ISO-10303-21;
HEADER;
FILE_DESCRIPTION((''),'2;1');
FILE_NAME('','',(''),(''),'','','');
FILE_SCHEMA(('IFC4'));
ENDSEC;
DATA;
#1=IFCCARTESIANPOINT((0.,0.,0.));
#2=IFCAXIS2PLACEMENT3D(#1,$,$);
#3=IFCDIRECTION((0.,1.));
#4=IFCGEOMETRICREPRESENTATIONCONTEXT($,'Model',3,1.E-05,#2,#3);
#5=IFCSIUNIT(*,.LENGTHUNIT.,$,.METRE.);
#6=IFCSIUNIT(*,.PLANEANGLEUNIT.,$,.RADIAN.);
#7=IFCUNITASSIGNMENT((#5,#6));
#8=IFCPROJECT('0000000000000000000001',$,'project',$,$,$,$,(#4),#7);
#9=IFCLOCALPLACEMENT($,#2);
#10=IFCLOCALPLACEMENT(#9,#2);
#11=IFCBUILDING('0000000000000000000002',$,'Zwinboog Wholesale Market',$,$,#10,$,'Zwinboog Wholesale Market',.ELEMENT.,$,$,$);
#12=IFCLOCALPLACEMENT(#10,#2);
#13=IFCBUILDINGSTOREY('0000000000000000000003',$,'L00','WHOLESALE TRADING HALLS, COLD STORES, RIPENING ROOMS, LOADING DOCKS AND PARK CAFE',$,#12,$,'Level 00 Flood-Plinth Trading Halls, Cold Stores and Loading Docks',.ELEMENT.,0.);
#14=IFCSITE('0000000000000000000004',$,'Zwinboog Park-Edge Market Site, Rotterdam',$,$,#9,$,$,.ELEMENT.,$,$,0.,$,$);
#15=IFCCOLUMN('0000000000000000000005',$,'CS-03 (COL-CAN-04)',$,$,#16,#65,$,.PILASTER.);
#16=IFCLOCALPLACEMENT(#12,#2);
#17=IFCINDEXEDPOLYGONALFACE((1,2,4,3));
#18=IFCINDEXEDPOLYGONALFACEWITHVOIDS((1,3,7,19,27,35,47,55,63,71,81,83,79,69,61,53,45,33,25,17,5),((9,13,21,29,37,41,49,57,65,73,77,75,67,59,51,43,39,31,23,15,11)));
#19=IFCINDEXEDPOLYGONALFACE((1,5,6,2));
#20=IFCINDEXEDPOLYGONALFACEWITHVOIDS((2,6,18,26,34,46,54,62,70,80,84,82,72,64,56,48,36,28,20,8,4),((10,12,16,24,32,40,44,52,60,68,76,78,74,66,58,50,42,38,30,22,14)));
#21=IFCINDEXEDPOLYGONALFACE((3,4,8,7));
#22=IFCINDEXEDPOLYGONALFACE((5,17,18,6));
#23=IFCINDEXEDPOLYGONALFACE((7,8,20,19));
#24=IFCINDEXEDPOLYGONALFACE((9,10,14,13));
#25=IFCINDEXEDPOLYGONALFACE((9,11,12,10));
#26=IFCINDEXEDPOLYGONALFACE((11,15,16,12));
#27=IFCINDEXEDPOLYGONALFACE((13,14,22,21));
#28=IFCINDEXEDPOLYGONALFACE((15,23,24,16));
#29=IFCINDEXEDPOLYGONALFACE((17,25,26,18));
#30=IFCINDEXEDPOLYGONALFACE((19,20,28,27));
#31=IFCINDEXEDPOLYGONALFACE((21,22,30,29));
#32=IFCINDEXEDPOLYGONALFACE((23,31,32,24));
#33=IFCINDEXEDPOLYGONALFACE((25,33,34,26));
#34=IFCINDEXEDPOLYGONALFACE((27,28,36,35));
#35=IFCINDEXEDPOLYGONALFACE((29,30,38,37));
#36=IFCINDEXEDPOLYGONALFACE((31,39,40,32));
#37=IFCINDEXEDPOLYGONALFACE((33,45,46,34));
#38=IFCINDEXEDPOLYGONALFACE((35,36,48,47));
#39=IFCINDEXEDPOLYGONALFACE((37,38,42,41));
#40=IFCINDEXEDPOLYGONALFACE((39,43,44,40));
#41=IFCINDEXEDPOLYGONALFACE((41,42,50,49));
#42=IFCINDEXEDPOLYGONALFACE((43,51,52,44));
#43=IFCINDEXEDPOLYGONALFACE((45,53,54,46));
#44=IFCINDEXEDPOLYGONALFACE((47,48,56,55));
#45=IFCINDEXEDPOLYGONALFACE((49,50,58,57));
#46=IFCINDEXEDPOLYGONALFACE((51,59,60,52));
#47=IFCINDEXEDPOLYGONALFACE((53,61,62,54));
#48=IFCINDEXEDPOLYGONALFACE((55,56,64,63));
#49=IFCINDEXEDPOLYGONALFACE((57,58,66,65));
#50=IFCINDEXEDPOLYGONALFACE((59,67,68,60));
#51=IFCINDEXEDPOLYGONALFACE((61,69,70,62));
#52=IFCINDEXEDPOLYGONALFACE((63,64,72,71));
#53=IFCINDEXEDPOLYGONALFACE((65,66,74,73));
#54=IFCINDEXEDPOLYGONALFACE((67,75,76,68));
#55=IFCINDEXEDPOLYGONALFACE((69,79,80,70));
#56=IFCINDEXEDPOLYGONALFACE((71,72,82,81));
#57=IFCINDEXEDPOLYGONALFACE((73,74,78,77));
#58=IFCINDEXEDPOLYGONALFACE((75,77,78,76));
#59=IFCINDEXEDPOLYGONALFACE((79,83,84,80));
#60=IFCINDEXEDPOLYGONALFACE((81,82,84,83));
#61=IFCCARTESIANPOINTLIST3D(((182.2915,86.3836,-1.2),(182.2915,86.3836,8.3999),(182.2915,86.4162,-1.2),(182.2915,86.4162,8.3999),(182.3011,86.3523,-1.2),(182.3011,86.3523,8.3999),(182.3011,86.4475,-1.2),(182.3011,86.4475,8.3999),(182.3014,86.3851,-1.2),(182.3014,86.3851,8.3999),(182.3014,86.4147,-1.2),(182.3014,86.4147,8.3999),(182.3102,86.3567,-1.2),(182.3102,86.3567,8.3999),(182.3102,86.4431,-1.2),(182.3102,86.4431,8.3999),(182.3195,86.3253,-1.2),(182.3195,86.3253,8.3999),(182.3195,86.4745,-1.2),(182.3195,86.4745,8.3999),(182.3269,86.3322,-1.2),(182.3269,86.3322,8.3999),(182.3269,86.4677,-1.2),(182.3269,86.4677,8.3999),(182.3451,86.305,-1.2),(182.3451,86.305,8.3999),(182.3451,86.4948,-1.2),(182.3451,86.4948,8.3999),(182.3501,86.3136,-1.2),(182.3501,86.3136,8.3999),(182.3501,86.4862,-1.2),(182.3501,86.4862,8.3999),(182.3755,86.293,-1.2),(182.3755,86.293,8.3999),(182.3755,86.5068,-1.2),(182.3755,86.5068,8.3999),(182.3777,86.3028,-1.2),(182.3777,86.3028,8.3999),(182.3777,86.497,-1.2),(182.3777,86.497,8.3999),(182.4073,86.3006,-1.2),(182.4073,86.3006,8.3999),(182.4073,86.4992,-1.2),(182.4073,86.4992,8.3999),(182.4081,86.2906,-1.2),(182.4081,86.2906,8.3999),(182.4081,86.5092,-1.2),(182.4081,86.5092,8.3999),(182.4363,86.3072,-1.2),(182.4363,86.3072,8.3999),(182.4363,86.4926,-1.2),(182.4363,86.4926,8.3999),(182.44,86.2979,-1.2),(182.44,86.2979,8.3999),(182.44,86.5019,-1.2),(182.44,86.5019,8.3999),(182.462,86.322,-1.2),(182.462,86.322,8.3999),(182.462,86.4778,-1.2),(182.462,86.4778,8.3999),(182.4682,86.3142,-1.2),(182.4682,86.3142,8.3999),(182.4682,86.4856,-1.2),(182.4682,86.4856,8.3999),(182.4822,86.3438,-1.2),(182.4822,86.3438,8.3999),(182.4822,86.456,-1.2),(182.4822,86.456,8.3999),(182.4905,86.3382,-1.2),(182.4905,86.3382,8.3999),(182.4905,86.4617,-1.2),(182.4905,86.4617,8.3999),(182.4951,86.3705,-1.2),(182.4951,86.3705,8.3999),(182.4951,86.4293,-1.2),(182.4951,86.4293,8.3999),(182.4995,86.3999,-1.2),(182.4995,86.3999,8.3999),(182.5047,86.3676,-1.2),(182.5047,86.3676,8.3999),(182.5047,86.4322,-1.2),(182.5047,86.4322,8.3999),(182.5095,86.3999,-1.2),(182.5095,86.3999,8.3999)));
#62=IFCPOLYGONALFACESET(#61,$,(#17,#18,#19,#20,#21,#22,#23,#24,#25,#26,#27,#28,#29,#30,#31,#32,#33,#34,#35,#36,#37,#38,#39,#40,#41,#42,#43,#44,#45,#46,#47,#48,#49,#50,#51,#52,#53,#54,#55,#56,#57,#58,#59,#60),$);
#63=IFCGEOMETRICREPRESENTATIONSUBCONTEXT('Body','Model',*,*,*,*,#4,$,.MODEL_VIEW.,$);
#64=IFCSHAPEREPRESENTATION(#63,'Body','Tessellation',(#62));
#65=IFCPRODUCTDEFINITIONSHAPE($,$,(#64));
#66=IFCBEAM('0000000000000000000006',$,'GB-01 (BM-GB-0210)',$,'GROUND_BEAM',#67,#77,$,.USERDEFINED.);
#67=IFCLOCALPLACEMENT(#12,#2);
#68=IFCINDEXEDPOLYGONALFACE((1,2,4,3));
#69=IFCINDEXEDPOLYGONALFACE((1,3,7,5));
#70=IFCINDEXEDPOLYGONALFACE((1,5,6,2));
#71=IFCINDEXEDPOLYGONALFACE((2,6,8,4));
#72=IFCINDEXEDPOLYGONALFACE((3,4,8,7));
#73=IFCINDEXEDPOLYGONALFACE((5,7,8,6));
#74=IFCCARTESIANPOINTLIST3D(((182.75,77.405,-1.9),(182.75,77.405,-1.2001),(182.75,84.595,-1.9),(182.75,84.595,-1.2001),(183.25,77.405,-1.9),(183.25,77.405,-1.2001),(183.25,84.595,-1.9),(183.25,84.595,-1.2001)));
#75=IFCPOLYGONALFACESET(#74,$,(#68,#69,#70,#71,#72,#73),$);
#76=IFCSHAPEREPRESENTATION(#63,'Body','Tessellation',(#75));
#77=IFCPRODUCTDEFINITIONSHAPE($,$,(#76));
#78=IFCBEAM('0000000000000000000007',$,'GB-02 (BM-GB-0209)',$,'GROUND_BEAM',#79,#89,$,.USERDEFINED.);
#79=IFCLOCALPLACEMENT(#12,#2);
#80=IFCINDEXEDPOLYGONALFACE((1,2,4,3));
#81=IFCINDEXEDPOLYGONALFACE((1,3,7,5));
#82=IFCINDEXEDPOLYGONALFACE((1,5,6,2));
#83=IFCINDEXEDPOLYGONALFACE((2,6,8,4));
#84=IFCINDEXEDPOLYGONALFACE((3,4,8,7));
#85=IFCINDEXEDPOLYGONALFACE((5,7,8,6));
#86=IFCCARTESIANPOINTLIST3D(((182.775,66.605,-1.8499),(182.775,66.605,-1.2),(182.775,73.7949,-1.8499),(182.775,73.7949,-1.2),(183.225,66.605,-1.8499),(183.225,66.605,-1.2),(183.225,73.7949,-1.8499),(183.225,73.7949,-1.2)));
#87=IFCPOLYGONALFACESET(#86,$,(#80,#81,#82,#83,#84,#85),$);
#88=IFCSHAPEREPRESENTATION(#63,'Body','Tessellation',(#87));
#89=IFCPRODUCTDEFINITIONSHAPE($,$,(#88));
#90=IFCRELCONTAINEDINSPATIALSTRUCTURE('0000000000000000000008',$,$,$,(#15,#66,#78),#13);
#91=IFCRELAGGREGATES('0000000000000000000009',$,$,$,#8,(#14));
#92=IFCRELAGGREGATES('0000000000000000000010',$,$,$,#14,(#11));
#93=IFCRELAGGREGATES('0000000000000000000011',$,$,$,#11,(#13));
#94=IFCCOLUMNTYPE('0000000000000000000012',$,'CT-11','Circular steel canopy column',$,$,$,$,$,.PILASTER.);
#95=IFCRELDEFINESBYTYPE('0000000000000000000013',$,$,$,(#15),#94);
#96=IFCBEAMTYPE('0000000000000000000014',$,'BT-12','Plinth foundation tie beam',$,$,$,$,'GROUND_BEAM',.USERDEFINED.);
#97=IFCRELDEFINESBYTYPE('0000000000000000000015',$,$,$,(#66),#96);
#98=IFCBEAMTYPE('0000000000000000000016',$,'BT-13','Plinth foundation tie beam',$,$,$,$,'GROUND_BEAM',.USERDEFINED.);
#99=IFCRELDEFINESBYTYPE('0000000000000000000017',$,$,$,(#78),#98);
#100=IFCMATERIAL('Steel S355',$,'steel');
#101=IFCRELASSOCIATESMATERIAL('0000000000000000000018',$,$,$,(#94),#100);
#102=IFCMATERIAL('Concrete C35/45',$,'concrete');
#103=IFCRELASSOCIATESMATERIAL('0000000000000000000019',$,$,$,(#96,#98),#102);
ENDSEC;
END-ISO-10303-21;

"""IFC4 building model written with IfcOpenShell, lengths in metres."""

from ifc_helpers import new_model, si_unit, direction, frame, origin, origin_2d, place, context, subcontext, project, spatial, rectangle, hollow_circle, extrude, material, material_profile, profile_set, type_object, element, save


model = new_model("IFC4")

# Units and contexts
model_context = context("Model", 3, precision=1e-05, world=origin(), true_north=direction((0.0, 1.0)))
body_context = subcontext(model_context, "Body", "Model", "MODEL_VIEW")
ifc_project = project(units=[si_unit("LENGTHUNIT", "METRE"), si_unit("PLANEANGLEUNIT", "RADIAN")], contexts=[model_context])

# Site, building, storey
site_placement = place(None, origin())
site = spatial("IfcSite", under=ifc_project, at=site_placement, Name="Zwinboog Park-Edge Market Site, Rotterdam", CompositionType="ELEMENT", RefElevation=0.0)
building_placement = place(site_placement, origin())
building = spatial("IfcBuilding", under=site, at=building_placement, Name="Zwinboog Wholesale Market", LongName="Zwinboog Wholesale Market", CompositionType="ELEMENT")
storey_placement = place(building_placement, origin())
storey = spatial("IfcBuildingStorey", under=building, at=storey_placement, Name="L00", Description="WHOLESALE TRADING HALLS, COLD STORES, RIPENING ROOMS, LOADING DOCKS AND PARK CAFE", LongName="Level 00 Flood-Plinth Trading Halls, Cold Stores and Loading Docks", CompositionType="ELEMENT", Elevation=0.0)

# Shared definitions
ifc_material_1 = material(Name="Concrete C35/45", Category="concrete")

# Column
ifc_material_2 = material(Name="Steel S355", Category="steel")
ifc_material_profile_1 = material_profile(ifc_material_2, hollow_circle(Radius=0.1096, WallThickness=0.01, at=origin_2d()), Name="CHS 219.1x10")
ifc_profile_set_1 = profile_set([ifc_material_profile_1], Name="Steel S355")
column_type_1 = type_object("IfcColumnType", Name="CT-11", Description="Circular steel canopy column", PredefinedType="PILASTER", material=ifc_profile_set_1)
column_1_placement = place(storey_placement, frame((182.3999, 86.3999, -1.2), z_axis=(0.0, 0.0, 1.0), x_axis=(1.0, 0.0, 0.0)))
element("IfcColumn", 1, at=column_1_placement, inside=storey, type_object=column_type_1, Name="CS-03 (COL-CAN-04)", PredefinedType="PILASTER", context=body_context, shape_type="SweptSolid", body=[
    extrude(hollow_circle(Radius=0.1096, WallThickness=0.01, at=origin_2d()), origin(), (0.0, 0.0, 1.0), 9.5999),
])

# Beams
ifc_material_profile_2 = material_profile(ifc_material_1, rectangle(XDim=0.5, YDim=0.7, at=origin_2d()), Name="RC 500x700")
ifc_profile_set_2 = profile_set([ifc_material_profile_2], Name="Concrete C35/45")
beam_type_1 = type_object("IfcBeamType", Name="BT-12", Description="Plinth foundation tie beam", ElementType="GROUND_BEAM", PredefinedType="USERDEFINED", material=ifc_profile_set_2)
beam_1_placement = place(storey_placement, frame((183.0, 77.405, -1.55), z_axis=(0.0, 1.0, 0.0), x_axis=(-1.0, 0.0, 0.0)))
element("IfcBeam", 2, at=beam_1_placement, inside=storey, type_object=beam_type_1, Name="GB-01 (BM-GB-0210)", ObjectType="GROUND_BEAM", PredefinedType="USERDEFINED", context=body_context, shape_type="SweptSolid", body=[
    extrude(rectangle(XDim=0.5, YDim=0.7, at=origin_2d()), origin(), (0.0, 0.0, 1.0), 7.1899),
])
ifc_material_profile_3 = material_profile(ifc_material_1, rectangle(XDim=0.45, YDim=0.6499, at=origin_2d()), Name="RC 450x650")
ifc_profile_set_3 = profile_set([ifc_material_profile_3], Name="Concrete C35/45")
beam_type_2 = type_object("IfcBeamType", Name="BT-13", Description="Plinth foundation tie beam", ElementType="GROUND_BEAM", PredefinedType="USERDEFINED", material=ifc_profile_set_3)
beam_2_placement = place(storey_placement, frame((183.0, 66.605, -1.5249), z_axis=(0.0, 1.0, 0.0), x_axis=(-1.0, 0.0, 0.0)))
element("IfcBeam", 3, at=beam_2_placement, inside=storey, type_object=beam_type_2, Name="GB-02 (BM-GB-0209)", ObjectType="GROUND_BEAM", PredefinedType="USERDEFINED", context=body_context, shape_type="SweptSolid", body=[
    extrude(rectangle(XDim=0.45, YDim=0.6499, at=origin_2d()), origin(), (0.0, 0.0, 1.0), 7.1899),
])

save(model, "model.ifc")
